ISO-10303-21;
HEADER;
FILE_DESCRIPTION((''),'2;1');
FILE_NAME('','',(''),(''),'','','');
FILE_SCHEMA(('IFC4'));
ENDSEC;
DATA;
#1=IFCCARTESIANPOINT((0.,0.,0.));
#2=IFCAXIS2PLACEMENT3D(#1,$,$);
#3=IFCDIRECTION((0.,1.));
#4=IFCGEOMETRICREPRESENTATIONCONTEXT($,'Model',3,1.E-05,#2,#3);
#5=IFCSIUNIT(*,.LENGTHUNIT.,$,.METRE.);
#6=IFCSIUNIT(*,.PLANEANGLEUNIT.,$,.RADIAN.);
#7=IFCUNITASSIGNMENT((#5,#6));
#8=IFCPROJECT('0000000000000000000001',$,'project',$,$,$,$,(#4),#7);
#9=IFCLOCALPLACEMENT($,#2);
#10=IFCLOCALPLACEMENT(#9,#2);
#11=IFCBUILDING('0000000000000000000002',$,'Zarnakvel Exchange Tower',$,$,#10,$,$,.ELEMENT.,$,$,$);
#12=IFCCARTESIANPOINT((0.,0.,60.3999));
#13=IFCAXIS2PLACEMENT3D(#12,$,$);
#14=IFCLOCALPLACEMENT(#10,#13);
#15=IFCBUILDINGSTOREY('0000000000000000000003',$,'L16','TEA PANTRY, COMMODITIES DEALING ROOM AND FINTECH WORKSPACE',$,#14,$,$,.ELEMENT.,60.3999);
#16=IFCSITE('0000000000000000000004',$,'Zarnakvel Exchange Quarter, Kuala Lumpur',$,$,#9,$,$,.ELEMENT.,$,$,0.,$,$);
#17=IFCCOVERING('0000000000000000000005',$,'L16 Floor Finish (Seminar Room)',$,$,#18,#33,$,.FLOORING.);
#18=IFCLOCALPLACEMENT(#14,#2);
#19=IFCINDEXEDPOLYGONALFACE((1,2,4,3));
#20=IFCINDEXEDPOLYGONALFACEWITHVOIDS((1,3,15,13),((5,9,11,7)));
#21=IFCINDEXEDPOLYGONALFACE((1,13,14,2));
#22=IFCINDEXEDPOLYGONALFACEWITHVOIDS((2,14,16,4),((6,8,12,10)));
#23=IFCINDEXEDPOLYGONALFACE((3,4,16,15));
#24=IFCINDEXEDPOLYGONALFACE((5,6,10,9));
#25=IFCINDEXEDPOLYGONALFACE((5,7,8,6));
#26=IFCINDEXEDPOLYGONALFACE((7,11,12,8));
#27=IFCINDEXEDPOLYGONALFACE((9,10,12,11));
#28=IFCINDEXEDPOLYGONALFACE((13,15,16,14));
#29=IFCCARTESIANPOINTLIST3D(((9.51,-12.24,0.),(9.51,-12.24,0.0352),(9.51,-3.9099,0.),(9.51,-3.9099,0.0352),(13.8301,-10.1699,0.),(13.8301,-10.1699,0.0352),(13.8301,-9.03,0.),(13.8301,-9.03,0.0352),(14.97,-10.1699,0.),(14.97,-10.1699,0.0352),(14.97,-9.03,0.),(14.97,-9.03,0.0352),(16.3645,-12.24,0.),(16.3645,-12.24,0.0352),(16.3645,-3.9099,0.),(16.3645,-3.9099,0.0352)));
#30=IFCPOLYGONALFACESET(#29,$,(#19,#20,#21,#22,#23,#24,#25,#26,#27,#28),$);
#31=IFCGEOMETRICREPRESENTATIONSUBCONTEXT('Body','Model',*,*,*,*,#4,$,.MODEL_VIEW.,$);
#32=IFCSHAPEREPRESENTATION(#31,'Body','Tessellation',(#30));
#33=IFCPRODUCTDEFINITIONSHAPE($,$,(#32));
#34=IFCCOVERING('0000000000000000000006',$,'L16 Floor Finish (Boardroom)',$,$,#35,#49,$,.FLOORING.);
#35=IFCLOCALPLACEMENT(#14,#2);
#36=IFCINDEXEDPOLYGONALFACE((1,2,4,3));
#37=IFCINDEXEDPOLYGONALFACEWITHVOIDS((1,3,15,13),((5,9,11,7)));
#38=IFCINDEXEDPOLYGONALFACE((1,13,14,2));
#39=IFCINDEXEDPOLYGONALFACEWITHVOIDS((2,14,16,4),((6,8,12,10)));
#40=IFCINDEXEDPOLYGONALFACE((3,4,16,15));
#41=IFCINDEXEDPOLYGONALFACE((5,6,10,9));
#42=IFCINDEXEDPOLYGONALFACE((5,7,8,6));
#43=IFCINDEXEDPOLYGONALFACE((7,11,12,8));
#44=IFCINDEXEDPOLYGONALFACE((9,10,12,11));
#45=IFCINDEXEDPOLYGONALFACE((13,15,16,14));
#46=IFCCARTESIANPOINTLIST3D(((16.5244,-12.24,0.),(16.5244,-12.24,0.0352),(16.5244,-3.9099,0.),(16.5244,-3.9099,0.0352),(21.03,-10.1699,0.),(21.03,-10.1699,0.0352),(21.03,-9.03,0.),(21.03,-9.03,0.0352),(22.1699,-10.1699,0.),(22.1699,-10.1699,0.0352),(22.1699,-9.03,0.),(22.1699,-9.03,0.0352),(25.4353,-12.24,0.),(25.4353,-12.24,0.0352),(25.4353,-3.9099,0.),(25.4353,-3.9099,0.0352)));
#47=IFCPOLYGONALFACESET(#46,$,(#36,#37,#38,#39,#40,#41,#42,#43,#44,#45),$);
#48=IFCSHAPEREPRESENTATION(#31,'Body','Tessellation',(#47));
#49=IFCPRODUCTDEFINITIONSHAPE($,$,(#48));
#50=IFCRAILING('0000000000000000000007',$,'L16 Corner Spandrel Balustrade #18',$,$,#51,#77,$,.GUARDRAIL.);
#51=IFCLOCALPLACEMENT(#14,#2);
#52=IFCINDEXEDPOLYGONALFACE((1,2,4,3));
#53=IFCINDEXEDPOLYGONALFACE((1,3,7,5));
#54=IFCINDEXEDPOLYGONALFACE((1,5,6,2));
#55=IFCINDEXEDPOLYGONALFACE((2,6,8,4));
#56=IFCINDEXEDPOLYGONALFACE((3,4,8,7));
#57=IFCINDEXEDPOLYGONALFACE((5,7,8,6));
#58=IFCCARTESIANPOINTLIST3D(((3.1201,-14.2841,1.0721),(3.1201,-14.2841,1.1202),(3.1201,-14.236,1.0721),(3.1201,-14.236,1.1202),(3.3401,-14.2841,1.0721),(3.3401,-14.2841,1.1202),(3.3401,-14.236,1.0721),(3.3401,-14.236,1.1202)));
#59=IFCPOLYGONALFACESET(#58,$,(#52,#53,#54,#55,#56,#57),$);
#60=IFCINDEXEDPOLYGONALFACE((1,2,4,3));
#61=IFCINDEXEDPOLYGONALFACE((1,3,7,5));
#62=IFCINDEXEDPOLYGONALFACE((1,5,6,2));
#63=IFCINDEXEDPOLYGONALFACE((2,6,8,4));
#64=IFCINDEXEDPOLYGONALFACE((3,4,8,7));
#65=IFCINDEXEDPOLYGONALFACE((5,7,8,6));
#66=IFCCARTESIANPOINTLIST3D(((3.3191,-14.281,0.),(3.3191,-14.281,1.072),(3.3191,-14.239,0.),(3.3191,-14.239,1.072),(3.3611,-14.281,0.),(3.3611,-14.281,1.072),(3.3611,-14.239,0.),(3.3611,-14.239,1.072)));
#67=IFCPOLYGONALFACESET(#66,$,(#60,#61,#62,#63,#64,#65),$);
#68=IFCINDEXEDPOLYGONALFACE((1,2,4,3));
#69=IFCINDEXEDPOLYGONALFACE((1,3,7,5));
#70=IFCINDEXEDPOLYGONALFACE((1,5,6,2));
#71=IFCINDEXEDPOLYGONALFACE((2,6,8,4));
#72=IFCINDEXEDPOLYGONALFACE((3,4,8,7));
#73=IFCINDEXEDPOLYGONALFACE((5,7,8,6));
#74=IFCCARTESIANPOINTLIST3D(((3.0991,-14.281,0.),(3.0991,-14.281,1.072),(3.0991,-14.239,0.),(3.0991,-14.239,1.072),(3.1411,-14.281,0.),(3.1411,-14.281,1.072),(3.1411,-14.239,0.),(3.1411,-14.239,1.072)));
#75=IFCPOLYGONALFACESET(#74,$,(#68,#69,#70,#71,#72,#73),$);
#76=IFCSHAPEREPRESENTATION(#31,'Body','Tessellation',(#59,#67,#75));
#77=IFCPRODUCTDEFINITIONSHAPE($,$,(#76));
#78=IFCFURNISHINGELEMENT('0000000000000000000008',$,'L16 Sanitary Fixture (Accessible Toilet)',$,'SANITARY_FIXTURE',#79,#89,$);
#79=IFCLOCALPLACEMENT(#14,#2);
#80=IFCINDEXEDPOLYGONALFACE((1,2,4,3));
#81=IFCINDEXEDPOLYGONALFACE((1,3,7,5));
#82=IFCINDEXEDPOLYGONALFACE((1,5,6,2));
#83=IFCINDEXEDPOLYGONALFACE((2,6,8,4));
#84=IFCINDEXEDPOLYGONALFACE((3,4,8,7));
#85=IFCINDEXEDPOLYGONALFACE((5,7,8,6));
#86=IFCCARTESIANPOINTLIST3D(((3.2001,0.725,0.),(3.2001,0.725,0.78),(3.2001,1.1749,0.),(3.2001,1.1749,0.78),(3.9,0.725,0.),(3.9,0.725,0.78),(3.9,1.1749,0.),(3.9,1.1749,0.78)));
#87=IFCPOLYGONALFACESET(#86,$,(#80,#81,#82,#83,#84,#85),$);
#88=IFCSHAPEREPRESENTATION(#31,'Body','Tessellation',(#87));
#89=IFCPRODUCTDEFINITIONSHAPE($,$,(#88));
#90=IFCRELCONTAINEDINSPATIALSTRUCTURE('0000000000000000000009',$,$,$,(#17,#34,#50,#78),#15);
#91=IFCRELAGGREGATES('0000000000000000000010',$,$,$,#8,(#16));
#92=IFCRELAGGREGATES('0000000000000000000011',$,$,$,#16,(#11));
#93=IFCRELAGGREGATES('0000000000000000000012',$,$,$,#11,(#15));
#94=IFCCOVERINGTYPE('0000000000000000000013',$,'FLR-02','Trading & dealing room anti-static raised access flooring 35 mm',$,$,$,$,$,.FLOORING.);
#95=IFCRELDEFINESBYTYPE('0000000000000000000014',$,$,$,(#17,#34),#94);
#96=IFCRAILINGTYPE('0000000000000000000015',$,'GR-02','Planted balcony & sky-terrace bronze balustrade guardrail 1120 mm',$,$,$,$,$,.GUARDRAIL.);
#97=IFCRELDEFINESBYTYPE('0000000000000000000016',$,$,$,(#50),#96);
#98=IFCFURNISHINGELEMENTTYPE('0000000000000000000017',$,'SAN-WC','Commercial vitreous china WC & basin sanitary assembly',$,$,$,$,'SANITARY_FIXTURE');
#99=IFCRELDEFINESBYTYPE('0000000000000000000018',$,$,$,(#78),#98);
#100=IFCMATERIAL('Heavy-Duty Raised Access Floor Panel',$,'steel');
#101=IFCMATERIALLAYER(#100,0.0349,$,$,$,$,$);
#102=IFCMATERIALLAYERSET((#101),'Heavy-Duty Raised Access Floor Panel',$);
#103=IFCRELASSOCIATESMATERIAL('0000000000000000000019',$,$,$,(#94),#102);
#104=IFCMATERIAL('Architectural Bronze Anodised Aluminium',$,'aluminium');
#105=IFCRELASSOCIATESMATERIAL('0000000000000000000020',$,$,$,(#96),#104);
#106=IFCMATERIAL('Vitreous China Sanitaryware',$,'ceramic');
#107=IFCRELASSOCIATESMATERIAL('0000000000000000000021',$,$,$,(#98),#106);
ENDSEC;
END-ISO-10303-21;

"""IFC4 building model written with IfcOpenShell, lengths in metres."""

from ifc_helpers import new_model, si_unit, direction, frame, origin, origin_2d, place, context, subcontext, project, spatial, polyline, rectangle, outline, extrude, source, transform, mapped, material, layer, layer_set, type_object, element, save


model = new_model("IFC4")

# Units and contexts
model_context = context("Model", 3, precision=1e-05, world=origin(), true_north=direction((0.0, 1.0)))
body_context = subcontext(model_context, "Body", "Model", "MODEL_VIEW")
ifc_project = project(units=[si_unit("LENGTHUNIT", "METRE"), si_unit("PLANEANGLEUNIT", "RADIAN")], contexts=[model_context])

# Site, building, storey
site_placement = place(None, origin())
site = spatial("IfcSite", under=ifc_project, at=site_placement, Name="Zarnakvel Exchange Quarter, Kuala Lumpur", CompositionType="ELEMENT", RefElevation=0.0)
building_placement = place(site_placement, origin())
building = spatial("IfcBuilding", under=site, at=building_placement, Name="Zarnakvel Exchange Tower", CompositionType="ELEMENT")
storey_placement = place(building_placement, frame((0.0, 0.0, 60.3999)))
storey = spatial("IfcBuildingStorey", under=building, at=storey_placement, Name="L16", Description="TEA PANTRY, COMMODITIES DEALING ROOM AND FINTECH WORKSPACE", CompositionType="ELEMENT", Elevation=60.3999)

# Coverings
ifc_material_1 = material(Name="Heavy-Duty Raised Access Floor Panel", Category="steel")
ifc_layer_1 = layer(ifc_material_1, 0.0349)
ifc_layer_set_1 = layer_set([ifc_layer_1], Name="Heavy-Duty Raised Access Floor Panel")
covering_type_1 = type_object("IfcCoveringType", Name="FLR-02", Description="Trading & dealing room anti-static raised access flooring 35 mm", PredefinedType="FLOORING", material=ifc_layer_set_1)
covering_1_placement = place(storey_placement, origin())
element("IfcCovering", 1, at=covering_1_placement, inside=storey, type_object=covering_type_1, Name="L16 Floor Finish (Seminar Room)", PredefinedType="FLOORING", context=body_context, shape_type="SweptSolid", body=[
    extrude(outline(polyline([(9.51, -3.9099), (16.3645, -3.9099), (16.3645, -12.24), (9.51, -12.24), (9.51, -3.9099)]), holes=[polyline([(13.8301, -10.1699), (14.97, -10.1699), (14.97, -9.03), (13.8301, -9.03), (13.8301, -10.1699)])]), origin(), (0.0, 0.0, 1.0), 0.0352),
])
covering_2_placement = place(storey_placement, origin())
element("IfcCovering", 2, at=covering_2_placement, inside=storey, type_object=covering_type_1, Name="L16 Floor Finish (Boardroom)", PredefinedType="FLOORING", context=body_context, shape_type="SweptSolid", body=[
    extrude(outline(polyline([(16.5244, -3.9099), (25.4353, -3.9099), (25.4353, -12.24), (16.5244, -12.24), (16.5244, -3.9099)]), holes=[polyline([(22.1699, -10.1699), (22.1699, -9.03), (21.03, -9.03), (21.03, -10.1699), (22.1699, -10.1699)])]), origin(), (0.0, 0.0, 1.0), 0.0352),
])

# Railing
ifc_material_2 = material(Name="Architectural Bronze Anodised Aluminium", Category="aluminium")
railing_type = type_object("IfcRailingType", Name="GR-02", Description="Planted balcony & sky-terrace bronze balustrade guardrail 1120 mm", PredefinedType="GUARDRAIL", material=ifc_material_2)
railing_placement = place(storey_placement, frame((3.3401, -14.26, 0.0)))
element("IfcRailing", 3, at=railing_placement, inside=storey, type_object=railing_type, Name="L16 Corner Spandrel Balustrade #18", PredefinedType="GUARDRAIL", context=body_context, shape_type="SweptSolid", body=[
    extrude(rectangle(XDim=0.0481, YDim=0.0481, at=origin_2d()), frame((0.0, 0.0, 1.0962), z_axis=(-1.0, 0.0, 0.0), x_axis=(0.0, -1.0, 0.0)), (0.0, 0.0, 1.0), 0.22),
    extrude(rectangle(XDim=0.042, YDim=0.042, at=origin_2d()), origin(), (0.0, 0.0, 1.0), 1.072),
    extrude(rectangle(XDim=0.042, YDim=0.042, at=origin_2d()), frame((-0.22, 0.0, 0.0)), (0.0, 0.0, 1.0), 1.072),
])

# Furnishing element
ifc_material_3 = material(Name="Vitreous China Sanitaryware", Category="ceramic")
furnishing_element_type = type_object("IfcFurnishingElementType", Name="SAN-WC", Description="Commercial vitreous china WC & basin sanitary assembly", ElementType="SANITARY_FIXTURE", material=ifc_material_3)
shared_shape_1 = source(origin(), body_context, "Body", "SweptSolid", [
    extrude(rectangle(XDim=0.7, YDim=0.45, at=origin_2d()), origin(), (0.0, 0.0, 1.0), 0.78),
])
furnishing_placement = place(storey_placement, frame((3.55, 0.95, 0.0), z_axis=(0.0, 0.0, 1.0), x_axis=(1.0, 0.0, 0.0)))
element("IfcFurnishingElement", 4, at=furnishing_placement, inside=storey, type_object=furnishing_element_type, Name="L16 Sanitary Fixture (Accessible Toilet)", ObjectType="SANITARY_FIXTURE", context=body_context, shape_type="MappedRepresentation", body=[
    mapped(shared_shape_1, transform((0.0, 0.0, 0.0), x_axis=(1.0, 0.0, 0.0), y_axis=(0.0, 1.0, 0.0), z_axis=(0.0, 0.0, 1.0), scale=1.0)),
])

save(model, "model.ifc")
